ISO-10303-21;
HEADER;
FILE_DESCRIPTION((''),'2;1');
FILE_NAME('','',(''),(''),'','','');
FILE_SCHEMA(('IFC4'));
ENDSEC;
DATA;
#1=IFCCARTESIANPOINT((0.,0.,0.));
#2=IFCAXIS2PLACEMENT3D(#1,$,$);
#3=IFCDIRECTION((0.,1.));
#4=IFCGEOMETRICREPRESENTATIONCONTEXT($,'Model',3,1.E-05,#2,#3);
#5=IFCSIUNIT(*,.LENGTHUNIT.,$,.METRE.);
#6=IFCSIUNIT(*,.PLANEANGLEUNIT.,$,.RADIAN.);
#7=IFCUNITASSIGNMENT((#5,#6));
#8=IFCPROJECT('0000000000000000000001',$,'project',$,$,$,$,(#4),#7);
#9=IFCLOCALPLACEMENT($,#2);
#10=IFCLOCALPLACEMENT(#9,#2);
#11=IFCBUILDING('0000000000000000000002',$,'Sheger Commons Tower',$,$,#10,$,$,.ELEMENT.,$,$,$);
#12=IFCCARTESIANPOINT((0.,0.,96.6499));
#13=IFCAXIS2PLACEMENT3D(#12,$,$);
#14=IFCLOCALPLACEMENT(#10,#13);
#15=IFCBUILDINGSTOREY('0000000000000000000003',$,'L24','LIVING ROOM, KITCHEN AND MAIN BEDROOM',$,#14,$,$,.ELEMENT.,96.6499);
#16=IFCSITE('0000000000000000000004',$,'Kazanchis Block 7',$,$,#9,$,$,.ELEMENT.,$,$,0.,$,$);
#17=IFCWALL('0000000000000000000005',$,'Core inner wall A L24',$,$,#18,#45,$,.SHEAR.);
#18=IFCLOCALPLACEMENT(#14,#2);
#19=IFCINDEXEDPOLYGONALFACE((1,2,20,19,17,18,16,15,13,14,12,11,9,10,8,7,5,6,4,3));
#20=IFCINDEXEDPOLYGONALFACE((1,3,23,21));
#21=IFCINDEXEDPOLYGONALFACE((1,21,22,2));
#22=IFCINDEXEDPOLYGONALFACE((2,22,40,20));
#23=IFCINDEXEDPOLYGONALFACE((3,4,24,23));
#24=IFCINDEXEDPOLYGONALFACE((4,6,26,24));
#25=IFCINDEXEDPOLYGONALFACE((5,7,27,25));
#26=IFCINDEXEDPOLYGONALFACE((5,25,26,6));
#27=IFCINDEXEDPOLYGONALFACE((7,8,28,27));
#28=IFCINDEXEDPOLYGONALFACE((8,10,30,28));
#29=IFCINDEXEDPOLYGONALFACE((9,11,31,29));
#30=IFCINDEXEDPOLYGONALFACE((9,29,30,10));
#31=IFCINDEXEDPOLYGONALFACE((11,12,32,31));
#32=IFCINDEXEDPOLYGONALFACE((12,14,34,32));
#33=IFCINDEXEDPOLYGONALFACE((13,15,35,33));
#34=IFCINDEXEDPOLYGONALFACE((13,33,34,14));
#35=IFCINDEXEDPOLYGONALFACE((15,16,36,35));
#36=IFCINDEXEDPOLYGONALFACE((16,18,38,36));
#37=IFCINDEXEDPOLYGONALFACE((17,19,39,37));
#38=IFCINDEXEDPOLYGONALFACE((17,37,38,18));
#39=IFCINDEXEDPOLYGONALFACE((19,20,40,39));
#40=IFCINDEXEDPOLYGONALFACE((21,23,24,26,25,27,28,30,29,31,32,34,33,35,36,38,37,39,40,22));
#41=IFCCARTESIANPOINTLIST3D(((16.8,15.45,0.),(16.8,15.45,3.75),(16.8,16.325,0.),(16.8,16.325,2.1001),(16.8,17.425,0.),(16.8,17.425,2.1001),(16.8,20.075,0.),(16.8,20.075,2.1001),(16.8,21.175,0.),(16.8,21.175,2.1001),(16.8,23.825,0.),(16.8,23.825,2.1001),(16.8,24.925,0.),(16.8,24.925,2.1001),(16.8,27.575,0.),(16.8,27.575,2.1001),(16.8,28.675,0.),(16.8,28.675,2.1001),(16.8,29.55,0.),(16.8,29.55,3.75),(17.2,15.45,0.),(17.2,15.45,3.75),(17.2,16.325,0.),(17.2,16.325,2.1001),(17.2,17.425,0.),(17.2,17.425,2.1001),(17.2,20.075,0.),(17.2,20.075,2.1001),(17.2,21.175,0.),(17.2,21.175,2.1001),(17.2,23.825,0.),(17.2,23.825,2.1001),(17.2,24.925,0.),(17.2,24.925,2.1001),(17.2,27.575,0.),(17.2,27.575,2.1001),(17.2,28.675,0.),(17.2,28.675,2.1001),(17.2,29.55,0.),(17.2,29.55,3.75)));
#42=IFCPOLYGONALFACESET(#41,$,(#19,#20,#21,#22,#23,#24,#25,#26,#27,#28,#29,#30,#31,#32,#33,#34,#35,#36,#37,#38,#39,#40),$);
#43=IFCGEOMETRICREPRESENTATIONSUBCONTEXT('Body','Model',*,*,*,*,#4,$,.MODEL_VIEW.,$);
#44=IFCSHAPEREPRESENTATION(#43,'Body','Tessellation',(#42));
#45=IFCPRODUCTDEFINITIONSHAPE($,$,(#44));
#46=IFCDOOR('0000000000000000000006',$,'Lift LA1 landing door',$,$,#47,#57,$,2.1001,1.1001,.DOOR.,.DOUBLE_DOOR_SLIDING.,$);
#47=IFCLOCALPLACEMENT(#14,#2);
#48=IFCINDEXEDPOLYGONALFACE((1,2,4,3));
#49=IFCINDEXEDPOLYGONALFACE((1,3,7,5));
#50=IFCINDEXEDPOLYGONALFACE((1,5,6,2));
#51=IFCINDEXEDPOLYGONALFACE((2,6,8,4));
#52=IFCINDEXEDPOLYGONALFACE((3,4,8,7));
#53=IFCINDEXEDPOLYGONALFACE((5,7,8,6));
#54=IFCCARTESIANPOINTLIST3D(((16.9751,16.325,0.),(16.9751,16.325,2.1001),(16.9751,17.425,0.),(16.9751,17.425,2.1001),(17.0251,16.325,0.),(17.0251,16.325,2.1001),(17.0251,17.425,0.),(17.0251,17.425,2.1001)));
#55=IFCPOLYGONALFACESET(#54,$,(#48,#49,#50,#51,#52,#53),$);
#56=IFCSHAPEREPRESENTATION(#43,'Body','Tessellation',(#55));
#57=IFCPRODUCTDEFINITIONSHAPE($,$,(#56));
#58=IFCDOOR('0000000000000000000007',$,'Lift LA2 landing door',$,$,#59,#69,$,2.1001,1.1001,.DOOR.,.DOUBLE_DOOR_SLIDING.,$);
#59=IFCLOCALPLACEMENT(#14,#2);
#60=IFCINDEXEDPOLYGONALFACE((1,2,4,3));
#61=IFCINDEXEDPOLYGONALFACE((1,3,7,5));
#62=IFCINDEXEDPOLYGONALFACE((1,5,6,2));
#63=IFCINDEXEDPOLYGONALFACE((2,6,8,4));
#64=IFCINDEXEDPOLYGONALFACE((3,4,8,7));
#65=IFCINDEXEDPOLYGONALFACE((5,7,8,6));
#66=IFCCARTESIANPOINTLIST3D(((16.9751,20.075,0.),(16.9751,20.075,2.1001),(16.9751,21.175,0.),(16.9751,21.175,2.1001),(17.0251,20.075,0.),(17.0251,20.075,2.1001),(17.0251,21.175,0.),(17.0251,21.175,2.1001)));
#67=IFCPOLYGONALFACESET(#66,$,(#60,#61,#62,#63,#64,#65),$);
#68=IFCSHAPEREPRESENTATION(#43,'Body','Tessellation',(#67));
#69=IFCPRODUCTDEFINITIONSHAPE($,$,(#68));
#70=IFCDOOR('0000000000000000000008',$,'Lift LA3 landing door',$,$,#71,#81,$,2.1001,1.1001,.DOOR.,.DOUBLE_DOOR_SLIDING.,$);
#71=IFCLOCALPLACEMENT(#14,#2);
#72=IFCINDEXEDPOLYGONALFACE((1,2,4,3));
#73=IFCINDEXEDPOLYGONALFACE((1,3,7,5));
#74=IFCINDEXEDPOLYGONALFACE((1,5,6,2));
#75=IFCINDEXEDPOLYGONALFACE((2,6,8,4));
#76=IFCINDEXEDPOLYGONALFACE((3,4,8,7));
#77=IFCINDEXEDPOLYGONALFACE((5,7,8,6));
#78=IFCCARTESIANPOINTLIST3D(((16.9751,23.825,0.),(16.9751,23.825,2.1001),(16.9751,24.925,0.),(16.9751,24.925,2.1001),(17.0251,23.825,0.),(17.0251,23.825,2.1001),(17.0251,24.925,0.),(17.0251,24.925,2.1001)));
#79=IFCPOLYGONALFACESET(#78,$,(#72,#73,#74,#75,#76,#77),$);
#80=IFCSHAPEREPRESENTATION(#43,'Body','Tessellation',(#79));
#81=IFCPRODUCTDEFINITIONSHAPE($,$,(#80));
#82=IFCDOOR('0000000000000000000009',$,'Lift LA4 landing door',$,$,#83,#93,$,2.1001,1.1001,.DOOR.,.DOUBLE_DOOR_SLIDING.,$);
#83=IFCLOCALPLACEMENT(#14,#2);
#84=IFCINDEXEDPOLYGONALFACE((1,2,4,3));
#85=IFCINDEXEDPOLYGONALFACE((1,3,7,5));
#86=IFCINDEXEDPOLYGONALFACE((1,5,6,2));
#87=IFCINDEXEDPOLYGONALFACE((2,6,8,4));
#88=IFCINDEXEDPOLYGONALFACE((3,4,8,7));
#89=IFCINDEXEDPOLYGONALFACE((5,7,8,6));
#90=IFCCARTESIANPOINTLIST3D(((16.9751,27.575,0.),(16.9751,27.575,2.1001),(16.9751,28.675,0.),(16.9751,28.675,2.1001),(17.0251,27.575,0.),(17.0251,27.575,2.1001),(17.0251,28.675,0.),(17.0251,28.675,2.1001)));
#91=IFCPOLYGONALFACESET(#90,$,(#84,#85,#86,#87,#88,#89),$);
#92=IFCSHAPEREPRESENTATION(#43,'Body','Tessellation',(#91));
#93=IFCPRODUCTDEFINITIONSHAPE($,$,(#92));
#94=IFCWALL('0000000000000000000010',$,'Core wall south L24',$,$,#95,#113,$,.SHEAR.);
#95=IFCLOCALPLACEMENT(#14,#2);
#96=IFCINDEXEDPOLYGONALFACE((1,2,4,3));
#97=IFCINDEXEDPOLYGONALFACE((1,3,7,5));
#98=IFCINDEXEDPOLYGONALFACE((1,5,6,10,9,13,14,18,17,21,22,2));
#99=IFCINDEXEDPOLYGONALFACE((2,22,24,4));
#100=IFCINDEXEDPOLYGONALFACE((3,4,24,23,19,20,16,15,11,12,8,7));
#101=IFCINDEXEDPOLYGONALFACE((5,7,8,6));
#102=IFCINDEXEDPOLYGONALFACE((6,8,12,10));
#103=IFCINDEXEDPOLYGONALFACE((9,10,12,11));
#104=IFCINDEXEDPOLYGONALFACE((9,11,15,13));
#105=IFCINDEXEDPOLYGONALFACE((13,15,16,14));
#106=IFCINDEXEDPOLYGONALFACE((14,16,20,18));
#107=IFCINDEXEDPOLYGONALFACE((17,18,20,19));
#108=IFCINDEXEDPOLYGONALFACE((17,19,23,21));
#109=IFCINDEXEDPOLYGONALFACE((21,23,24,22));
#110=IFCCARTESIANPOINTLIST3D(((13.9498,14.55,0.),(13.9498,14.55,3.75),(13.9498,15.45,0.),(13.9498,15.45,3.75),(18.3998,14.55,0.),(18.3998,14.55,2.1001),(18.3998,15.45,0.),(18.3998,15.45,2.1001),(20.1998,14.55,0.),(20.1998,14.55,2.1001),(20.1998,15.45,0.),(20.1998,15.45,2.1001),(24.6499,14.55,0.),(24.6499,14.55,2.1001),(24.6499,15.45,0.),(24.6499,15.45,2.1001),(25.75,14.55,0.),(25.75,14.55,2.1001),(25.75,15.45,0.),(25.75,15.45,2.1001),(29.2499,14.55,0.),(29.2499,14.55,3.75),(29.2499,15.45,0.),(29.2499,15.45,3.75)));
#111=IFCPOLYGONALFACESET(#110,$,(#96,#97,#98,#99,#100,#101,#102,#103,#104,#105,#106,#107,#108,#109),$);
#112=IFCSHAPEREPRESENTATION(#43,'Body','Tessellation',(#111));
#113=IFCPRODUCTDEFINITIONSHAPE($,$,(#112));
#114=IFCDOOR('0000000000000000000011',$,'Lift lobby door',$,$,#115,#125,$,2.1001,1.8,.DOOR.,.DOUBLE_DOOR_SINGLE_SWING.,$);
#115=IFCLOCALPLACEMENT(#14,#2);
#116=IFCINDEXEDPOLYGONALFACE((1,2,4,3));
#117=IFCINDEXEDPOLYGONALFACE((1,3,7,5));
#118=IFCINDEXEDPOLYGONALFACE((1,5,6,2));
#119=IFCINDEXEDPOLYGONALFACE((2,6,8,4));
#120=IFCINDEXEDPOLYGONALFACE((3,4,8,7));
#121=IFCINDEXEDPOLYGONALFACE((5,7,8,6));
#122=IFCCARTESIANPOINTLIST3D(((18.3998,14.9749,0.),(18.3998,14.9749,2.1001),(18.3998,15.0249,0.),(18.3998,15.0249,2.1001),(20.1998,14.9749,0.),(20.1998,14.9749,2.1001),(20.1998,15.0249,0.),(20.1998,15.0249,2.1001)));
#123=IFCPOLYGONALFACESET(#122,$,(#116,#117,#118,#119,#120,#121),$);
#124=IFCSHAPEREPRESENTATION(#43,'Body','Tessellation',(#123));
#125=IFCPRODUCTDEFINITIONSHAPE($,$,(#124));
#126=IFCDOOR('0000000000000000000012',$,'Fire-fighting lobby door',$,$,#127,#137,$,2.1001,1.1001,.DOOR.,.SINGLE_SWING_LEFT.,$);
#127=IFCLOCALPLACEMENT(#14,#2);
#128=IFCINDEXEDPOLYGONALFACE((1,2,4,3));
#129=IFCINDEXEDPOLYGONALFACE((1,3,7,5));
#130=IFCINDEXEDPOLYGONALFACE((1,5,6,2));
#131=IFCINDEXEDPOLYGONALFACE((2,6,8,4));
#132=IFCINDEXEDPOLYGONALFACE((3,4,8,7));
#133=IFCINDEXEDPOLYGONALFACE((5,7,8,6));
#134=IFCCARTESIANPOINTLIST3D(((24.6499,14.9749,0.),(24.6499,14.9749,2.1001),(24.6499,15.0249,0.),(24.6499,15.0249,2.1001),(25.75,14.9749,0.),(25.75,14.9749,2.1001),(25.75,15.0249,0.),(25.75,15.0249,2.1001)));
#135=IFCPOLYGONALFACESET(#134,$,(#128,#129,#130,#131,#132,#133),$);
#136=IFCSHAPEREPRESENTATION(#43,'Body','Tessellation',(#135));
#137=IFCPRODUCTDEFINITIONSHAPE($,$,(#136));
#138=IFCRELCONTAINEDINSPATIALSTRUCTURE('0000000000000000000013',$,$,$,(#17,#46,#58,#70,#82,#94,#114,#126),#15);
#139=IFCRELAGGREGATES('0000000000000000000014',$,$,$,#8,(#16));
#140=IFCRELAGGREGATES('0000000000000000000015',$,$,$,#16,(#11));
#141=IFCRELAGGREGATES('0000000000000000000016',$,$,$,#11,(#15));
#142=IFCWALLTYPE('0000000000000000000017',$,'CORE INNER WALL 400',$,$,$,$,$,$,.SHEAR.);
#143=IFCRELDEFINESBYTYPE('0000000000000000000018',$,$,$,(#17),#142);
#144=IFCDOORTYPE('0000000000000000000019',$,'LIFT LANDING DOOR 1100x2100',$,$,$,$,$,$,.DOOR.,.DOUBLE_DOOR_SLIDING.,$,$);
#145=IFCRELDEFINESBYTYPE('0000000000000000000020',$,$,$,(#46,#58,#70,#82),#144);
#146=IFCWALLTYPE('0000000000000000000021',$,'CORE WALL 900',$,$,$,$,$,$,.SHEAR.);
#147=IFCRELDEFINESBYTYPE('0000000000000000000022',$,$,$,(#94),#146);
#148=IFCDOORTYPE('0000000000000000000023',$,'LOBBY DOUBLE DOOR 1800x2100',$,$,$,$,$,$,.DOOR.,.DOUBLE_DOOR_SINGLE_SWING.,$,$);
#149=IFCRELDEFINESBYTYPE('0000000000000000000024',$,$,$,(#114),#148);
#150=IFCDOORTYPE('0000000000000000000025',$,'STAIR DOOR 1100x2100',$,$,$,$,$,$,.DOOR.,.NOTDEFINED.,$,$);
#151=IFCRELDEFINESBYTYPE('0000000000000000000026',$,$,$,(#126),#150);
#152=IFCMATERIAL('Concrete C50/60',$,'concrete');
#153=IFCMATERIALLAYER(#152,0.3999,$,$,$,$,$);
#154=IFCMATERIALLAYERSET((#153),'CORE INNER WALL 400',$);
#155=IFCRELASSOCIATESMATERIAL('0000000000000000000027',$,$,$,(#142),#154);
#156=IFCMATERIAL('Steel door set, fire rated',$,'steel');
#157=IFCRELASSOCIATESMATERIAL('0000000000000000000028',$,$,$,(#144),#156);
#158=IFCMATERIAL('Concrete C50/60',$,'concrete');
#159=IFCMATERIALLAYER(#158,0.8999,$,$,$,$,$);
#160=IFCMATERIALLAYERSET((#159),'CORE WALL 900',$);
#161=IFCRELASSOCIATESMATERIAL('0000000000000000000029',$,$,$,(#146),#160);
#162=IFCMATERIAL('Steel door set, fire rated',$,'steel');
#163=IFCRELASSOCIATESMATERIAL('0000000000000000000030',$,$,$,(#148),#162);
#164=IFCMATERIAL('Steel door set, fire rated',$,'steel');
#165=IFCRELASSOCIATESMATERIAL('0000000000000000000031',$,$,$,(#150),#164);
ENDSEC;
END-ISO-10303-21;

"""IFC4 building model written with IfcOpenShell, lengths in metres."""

from ifc_helpers import new_model, si_unit, direction, frame, frame_2d, origin, place, context, subcontext, project, spatial, rectangle, extrude, material, layer, layer_set, type_object, element, fill, save


model = new_model("IFC4")

# Units and contexts
model_context = context("Model", 3, precision=1e-05, world=origin(), true_north=direction((0.0, 1.0)))
body_context = subcontext(model_context, "Body", "Model", "MODEL_VIEW")
ifc_project = project(units=[si_unit("LENGTHUNIT", "METRE"), si_unit("PLANEANGLEUNIT", "RADIAN")], contexts=[model_context])

# Site, building, storey
site_placement = place(None, origin())
site = spatial("IfcSite", under=ifc_project, at=site_placement, Name="Kazanchis Block 7", CompositionType="ELEMENT", RefElevation=0.0)
building_placement = place(site_placement, origin())
building = spatial("IfcBuilding", under=site, at=building_placement, Name="Sheger Commons Tower", CompositionType="ELEMENT")
storey_placement = place(building_placement, frame((0.0, 0.0, 96.6499)))
storey = spatial("IfcBuildingStorey", under=building, at=storey_placement, Name="L24", Description="LIVING ROOM, KITCHEN AND MAIN BEDROOM", CompositionType="ELEMENT", Elevation=96.6499)

# Walls, openings, doors
ifc_material_1 = material(Name="Concrete C50/60", Category="concrete")
ifc_layer_1 = layer(ifc_material_1, 0.3999)
ifc_layer_set_1 = layer_set([ifc_layer_1], Name="CORE INNER WALL 400")
wall_type_1 = type_object("IfcWallType", Name="CORE INNER WALL 400", PredefinedType="SHEAR", material=ifc_layer_set_1)
wall_1_placement = place(storey_placement, frame((17.0, 15.45, 0.0), z_axis=(0.0, 0.0, 1.0), x_axis=(0.0, 1.0, 0.0)))
wall_1 = element("IfcWall", 1, at=wall_1_placement, inside=storey, type_object=wall_type_1, Name="Core inner wall A L24", PredefinedType="SHEAR", context=body_context, shape_type="SweptSolid", body=[
    extrude(rectangle(XDim=14.1001, YDim=0.3999, at=frame_2d((7.05, 0.0))), origin(), (0.0, 0.0, 1.0), 3.75),
])
opening_1_placement = place(wall_1_placement, frame((0.875, 0.0, 0.0)))
opening_1 = element("IfcOpeningElement", 2, at=opening_1_placement, cuts=wall_1, PredefinedType="OPENING", context=body_context, shape_type="SweptSolid", body=[
    extrude(rectangle(XDim=1.1001, YDim=2.1001, at=frame_2d((0.55, 1.05))), frame((0.0, 0.21, 0.0), z_axis=(0.0, -1.0, 0.0), x_axis=(1.0, 0.0, 0.0)), (0.0, 0.0, 1.0), 0.4199),
])
opening_2_placement = place(wall_1_placement, frame((4.625, 0.0, 0.0)))
opening_2 = element("IfcOpeningElement", 3, at=opening_2_placement, cuts=wall_1, PredefinedType="OPENING", context=body_context, shape_type="SweptSolid", body=[
    extrude(rectangle(XDim=1.1001, YDim=2.1001, at=frame_2d((0.55, 1.05))), frame((0.0, 0.21, 0.0), z_axis=(0.0, -1.0, 0.0), x_axis=(1.0, 0.0, 0.0)), (0.0, 0.0, 1.0), 0.4199),
])
opening_3_placement = place(wall_1_placement, frame((8.375, 0.0, 0.0)))
opening_3 = element("IfcOpeningElement", 4, at=opening_3_placement, cuts=wall_1, PredefinedType="OPENING", context=body_context, shape_type="SweptSolid", body=[
    extrude(rectangle(XDim=1.1001, YDim=2.1001, at=frame_2d((0.55, 1.05))), frame((0.0, 0.21, 0.0), z_axis=(0.0, -1.0, 0.0), x_axis=(1.0, 0.0, 0.0)), (0.0, 0.0, 1.0), 0.4199),
])
opening_4_placement = place(wall_1_placement, frame((12.125, 0.0, 0.0)))
opening_4 = element("IfcOpeningElement", 5, at=opening_4_placement, cuts=wall_1, PredefinedType="OPENING", context=body_context, shape_type="SweptSolid", body=[
    extrude(rectangle(XDim=1.1001, YDim=2.1001, at=frame_2d((0.55, 1.05))), frame((0.0, 0.21, 0.0), z_axis=(0.0, -1.0, 0.0), x_axis=(1.0, 0.0, 0.0)), (0.0, 0.0, 1.0), 0.4199),
])
ifc_material_2 = material(Name="Steel door set, fire rated", Category="steel")
door_type_1 = type_object("IfcDoorType", Name="LIFT LANDING DOOR 1100x2100", OperationType="DOUBLE_DOOR_SLIDING", PredefinedType="DOOR", material=ifc_material_2)
door_1_placement = place(opening_1_placement, origin())
door_1 = element("IfcDoor", 6, at=door_1_placement, inside=storey, type_object=door_type_1, Name="Lift LA1 landing door", OperationType="DOUBLE_DOOR_SLIDING", OverallHeight=2.1001, OverallWidth=1.1001, PredefinedType="DOOR", context=body_context, shape_type="SweptSolid", body=[
    extrude(rectangle(XDim=1.1001, YDim=2.1001, at=frame_2d((0.55, 1.05))), frame((0.0, 0.0249, 0.0), z_axis=(0.0, -1.0, 0.0), x_axis=(1.0, 0.0, 0.0)), (0.0, 0.0, 1.0), 0.05),
])
fill(opening_1, door_1)
door_2_placement = place(opening_2_placement, origin())
door_2 = element("IfcDoor", 7, at=door_2_placement, inside=storey, type_object=door_type_1, Name="Lift LA2 landing door", OperationType="DOUBLE_DOOR_SLIDING", OverallHeight=2.1001, OverallWidth=1.1001, PredefinedType="DOOR", context=body_context, shape_type="SweptSolid", body=[
    extrude(rectangle(XDim=1.1001, YDim=2.1001, at=frame_2d((0.55, 1.05))), frame((0.0, 0.0249, 0.0), z_axis=(0.0, -1.0, 0.0), x_axis=(1.0, 0.0, 0.0)), (0.0, 0.0, 1.0), 0.05),
])
fill(opening_2, door_2)
door_3_placement = place(opening_3_placement, origin())
door_3 = element("IfcDoor", 8, at=door_3_placement, inside=storey, type_object=door_type_1, Name="Lift LA3 landing door", OperationType="DOUBLE_DOOR_SLIDING", OverallHeight=2.1001, OverallWidth=1.1001, PredefinedType="DOOR", context=body_context, shape_type="SweptSolid", body=[
    extrude(rectangle(XDim=1.1001, YDim=2.1001, at=frame_2d((0.55, 1.05))), frame((0.0, 0.0249, 0.0), z_axis=(0.0, -1.0, 0.0), x_axis=(1.0, 0.0, 0.0)), (0.0, 0.0, 1.0), 0.05),
])
fill(opening_3, door_3)
door_4_placement = place(opening_4_placement, origin())
door_4 = element("IfcDoor", 9, at=door_4_placement, inside=storey, type_object=door_type_1, Name="Lift LA4 landing door", OperationType="DOUBLE_DOOR_SLIDING", OverallHeight=2.1001, OverallWidth=1.1001, PredefinedType="DOOR", context=body_context, shape_type="SweptSolid", body=[
    extrude(rectangle(XDim=1.1001, YDim=2.1001, at=frame_2d((0.55, 1.05))), frame((0.0, 0.0249, 0.0), z_axis=(0.0, -1.0, 0.0), x_axis=(1.0, 0.0, 0.0)), (0.0, 0.0, 1.0), 0.05),
])
fill(opening_4, door_4)
ifc_material_3 = material(Name="Concrete C50/60", Category="concrete")
ifc_layer_2 = layer(ifc_material_3, 0.8999)
ifc_layer_set_2 = layer_set([ifc_layer_2], Name="CORE WALL 900")
wall_type_2 = type_object("IfcWallType", Name="CORE WALL 900", PredefinedType="SHEAR", material=ifc_layer_set_2)
wall_2_placement = place(storey_placement, frame((13.95, 15.0, 0.0), z_axis=(0.0, 0.0, 1.0), x_axis=(1.0, 0.0, 0.0)))
wall_2 = element("IfcWall", 10, at=wall_2_placement, inside=storey, type_object=wall_type_2, Name="Core wall south L24", PredefinedType="SHEAR", context=body_context, shape_type="SweptSolid", body=[
    extrude(rectangle(XDim=15.3, YDim=0.8999, at=frame_2d((7.6499, 0.0))), origin(), (0.0, 0.0, 1.0), 3.75),
])
opening_5_placement = place(wall_2_placement, frame((4.45, 0.0, 0.0)))
opening_5 = element("IfcOpeningElement", 11, at=opening_5_placement, cuts=wall_2, PredefinedType="OPENING", context=body_context, shape_type="SweptSolid", body=[
    extrude(rectangle(XDim=1.8, YDim=2.1001, at=frame_2d((0.8999, 1.05))), frame((0.0, 0.46, 0.0), z_axis=(0.0, -1.0, 0.0), x_axis=(1.0, 0.0, 0.0)), (0.0, 0.0, 1.0), 0.9199),
])
opening_6_placement = place(wall_2_placement, frame((10.7, 0.0, 0.0)))
opening_6 = element("IfcOpeningElement", 12, at=opening_6_placement, cuts=wall_2, PredefinedType="OPENING", context=body_context, shape_type="SweptSolid", body=[
    extrude(rectangle(XDim=1.1001, YDim=2.1001, at=frame_2d((0.55, 1.05))), frame((0.0, 0.46, 0.0), z_axis=(0.0, -1.0, 0.0), x_axis=(1.0, 0.0, 0.0)), (0.0, 0.0, 1.0), 0.9199),
])
ifc_material_4 = material(Name="Steel door set, fire rated", Category="steel")
door_type_2 = type_object("IfcDoorType", Name="LOBBY DOUBLE DOOR 1800x2100", OperationType="DOUBLE_DOOR_SINGLE_SWING", PredefinedType="DOOR", material=ifc_material_4)
door_5_placement = place(opening_5_placement, origin())
door_5 = element("IfcDoor", 13, at=door_5_placement, inside=storey, type_object=door_type_2, Name="Lift lobby door", OperationType="DOUBLE_DOOR_SINGLE_SWING", OverallHeight=2.1001, OverallWidth=1.8, PredefinedType="DOOR", context=body_context, shape_type="SweptSolid", body=[
    extrude(rectangle(XDim=1.8, YDim=2.1001, at=frame_2d((0.8999, 1.05))), frame((0.0, 0.0249, 0.0), z_axis=(0.0, -1.0, 0.0), x_axis=(1.0, 0.0, 0.0)), (0.0, 0.0, 1.0), 0.05),
])
fill(opening_5, door_5)
ifc_material_5 = material(Name="Steel door set, fire rated", Category="steel")
door_type_3 = type_object("IfcDoorType", Name="STAIR DOOR 1100x2100", OperationType="NOTDEFINED", PredefinedType="DOOR", material=ifc_material_5)
door_6_placement = place(opening_6_placement, origin())
door_6 = element("IfcDoor", 14, at=door_6_placement, inside=storey, type_object=door_type_3, Name="Fire-fighting lobby door", OperationType="SINGLE_SWING_LEFT", OverallHeight=2.1001, OverallWidth=1.1001, PredefinedType="DOOR", context=body_context, shape_type="SweptSolid", body=[
    extrude(rectangle(XDim=1.1001, YDim=2.1001, at=frame_2d((0.55, 1.05))), frame((0.0, 0.0249, 0.0), z_axis=(0.0, -1.0, 0.0), x_axis=(1.0, 0.0, 0.0)), (0.0, 0.0, 1.0), 0.05),
])
fill(opening_6, door_6)

save(model, "model.ifc")
